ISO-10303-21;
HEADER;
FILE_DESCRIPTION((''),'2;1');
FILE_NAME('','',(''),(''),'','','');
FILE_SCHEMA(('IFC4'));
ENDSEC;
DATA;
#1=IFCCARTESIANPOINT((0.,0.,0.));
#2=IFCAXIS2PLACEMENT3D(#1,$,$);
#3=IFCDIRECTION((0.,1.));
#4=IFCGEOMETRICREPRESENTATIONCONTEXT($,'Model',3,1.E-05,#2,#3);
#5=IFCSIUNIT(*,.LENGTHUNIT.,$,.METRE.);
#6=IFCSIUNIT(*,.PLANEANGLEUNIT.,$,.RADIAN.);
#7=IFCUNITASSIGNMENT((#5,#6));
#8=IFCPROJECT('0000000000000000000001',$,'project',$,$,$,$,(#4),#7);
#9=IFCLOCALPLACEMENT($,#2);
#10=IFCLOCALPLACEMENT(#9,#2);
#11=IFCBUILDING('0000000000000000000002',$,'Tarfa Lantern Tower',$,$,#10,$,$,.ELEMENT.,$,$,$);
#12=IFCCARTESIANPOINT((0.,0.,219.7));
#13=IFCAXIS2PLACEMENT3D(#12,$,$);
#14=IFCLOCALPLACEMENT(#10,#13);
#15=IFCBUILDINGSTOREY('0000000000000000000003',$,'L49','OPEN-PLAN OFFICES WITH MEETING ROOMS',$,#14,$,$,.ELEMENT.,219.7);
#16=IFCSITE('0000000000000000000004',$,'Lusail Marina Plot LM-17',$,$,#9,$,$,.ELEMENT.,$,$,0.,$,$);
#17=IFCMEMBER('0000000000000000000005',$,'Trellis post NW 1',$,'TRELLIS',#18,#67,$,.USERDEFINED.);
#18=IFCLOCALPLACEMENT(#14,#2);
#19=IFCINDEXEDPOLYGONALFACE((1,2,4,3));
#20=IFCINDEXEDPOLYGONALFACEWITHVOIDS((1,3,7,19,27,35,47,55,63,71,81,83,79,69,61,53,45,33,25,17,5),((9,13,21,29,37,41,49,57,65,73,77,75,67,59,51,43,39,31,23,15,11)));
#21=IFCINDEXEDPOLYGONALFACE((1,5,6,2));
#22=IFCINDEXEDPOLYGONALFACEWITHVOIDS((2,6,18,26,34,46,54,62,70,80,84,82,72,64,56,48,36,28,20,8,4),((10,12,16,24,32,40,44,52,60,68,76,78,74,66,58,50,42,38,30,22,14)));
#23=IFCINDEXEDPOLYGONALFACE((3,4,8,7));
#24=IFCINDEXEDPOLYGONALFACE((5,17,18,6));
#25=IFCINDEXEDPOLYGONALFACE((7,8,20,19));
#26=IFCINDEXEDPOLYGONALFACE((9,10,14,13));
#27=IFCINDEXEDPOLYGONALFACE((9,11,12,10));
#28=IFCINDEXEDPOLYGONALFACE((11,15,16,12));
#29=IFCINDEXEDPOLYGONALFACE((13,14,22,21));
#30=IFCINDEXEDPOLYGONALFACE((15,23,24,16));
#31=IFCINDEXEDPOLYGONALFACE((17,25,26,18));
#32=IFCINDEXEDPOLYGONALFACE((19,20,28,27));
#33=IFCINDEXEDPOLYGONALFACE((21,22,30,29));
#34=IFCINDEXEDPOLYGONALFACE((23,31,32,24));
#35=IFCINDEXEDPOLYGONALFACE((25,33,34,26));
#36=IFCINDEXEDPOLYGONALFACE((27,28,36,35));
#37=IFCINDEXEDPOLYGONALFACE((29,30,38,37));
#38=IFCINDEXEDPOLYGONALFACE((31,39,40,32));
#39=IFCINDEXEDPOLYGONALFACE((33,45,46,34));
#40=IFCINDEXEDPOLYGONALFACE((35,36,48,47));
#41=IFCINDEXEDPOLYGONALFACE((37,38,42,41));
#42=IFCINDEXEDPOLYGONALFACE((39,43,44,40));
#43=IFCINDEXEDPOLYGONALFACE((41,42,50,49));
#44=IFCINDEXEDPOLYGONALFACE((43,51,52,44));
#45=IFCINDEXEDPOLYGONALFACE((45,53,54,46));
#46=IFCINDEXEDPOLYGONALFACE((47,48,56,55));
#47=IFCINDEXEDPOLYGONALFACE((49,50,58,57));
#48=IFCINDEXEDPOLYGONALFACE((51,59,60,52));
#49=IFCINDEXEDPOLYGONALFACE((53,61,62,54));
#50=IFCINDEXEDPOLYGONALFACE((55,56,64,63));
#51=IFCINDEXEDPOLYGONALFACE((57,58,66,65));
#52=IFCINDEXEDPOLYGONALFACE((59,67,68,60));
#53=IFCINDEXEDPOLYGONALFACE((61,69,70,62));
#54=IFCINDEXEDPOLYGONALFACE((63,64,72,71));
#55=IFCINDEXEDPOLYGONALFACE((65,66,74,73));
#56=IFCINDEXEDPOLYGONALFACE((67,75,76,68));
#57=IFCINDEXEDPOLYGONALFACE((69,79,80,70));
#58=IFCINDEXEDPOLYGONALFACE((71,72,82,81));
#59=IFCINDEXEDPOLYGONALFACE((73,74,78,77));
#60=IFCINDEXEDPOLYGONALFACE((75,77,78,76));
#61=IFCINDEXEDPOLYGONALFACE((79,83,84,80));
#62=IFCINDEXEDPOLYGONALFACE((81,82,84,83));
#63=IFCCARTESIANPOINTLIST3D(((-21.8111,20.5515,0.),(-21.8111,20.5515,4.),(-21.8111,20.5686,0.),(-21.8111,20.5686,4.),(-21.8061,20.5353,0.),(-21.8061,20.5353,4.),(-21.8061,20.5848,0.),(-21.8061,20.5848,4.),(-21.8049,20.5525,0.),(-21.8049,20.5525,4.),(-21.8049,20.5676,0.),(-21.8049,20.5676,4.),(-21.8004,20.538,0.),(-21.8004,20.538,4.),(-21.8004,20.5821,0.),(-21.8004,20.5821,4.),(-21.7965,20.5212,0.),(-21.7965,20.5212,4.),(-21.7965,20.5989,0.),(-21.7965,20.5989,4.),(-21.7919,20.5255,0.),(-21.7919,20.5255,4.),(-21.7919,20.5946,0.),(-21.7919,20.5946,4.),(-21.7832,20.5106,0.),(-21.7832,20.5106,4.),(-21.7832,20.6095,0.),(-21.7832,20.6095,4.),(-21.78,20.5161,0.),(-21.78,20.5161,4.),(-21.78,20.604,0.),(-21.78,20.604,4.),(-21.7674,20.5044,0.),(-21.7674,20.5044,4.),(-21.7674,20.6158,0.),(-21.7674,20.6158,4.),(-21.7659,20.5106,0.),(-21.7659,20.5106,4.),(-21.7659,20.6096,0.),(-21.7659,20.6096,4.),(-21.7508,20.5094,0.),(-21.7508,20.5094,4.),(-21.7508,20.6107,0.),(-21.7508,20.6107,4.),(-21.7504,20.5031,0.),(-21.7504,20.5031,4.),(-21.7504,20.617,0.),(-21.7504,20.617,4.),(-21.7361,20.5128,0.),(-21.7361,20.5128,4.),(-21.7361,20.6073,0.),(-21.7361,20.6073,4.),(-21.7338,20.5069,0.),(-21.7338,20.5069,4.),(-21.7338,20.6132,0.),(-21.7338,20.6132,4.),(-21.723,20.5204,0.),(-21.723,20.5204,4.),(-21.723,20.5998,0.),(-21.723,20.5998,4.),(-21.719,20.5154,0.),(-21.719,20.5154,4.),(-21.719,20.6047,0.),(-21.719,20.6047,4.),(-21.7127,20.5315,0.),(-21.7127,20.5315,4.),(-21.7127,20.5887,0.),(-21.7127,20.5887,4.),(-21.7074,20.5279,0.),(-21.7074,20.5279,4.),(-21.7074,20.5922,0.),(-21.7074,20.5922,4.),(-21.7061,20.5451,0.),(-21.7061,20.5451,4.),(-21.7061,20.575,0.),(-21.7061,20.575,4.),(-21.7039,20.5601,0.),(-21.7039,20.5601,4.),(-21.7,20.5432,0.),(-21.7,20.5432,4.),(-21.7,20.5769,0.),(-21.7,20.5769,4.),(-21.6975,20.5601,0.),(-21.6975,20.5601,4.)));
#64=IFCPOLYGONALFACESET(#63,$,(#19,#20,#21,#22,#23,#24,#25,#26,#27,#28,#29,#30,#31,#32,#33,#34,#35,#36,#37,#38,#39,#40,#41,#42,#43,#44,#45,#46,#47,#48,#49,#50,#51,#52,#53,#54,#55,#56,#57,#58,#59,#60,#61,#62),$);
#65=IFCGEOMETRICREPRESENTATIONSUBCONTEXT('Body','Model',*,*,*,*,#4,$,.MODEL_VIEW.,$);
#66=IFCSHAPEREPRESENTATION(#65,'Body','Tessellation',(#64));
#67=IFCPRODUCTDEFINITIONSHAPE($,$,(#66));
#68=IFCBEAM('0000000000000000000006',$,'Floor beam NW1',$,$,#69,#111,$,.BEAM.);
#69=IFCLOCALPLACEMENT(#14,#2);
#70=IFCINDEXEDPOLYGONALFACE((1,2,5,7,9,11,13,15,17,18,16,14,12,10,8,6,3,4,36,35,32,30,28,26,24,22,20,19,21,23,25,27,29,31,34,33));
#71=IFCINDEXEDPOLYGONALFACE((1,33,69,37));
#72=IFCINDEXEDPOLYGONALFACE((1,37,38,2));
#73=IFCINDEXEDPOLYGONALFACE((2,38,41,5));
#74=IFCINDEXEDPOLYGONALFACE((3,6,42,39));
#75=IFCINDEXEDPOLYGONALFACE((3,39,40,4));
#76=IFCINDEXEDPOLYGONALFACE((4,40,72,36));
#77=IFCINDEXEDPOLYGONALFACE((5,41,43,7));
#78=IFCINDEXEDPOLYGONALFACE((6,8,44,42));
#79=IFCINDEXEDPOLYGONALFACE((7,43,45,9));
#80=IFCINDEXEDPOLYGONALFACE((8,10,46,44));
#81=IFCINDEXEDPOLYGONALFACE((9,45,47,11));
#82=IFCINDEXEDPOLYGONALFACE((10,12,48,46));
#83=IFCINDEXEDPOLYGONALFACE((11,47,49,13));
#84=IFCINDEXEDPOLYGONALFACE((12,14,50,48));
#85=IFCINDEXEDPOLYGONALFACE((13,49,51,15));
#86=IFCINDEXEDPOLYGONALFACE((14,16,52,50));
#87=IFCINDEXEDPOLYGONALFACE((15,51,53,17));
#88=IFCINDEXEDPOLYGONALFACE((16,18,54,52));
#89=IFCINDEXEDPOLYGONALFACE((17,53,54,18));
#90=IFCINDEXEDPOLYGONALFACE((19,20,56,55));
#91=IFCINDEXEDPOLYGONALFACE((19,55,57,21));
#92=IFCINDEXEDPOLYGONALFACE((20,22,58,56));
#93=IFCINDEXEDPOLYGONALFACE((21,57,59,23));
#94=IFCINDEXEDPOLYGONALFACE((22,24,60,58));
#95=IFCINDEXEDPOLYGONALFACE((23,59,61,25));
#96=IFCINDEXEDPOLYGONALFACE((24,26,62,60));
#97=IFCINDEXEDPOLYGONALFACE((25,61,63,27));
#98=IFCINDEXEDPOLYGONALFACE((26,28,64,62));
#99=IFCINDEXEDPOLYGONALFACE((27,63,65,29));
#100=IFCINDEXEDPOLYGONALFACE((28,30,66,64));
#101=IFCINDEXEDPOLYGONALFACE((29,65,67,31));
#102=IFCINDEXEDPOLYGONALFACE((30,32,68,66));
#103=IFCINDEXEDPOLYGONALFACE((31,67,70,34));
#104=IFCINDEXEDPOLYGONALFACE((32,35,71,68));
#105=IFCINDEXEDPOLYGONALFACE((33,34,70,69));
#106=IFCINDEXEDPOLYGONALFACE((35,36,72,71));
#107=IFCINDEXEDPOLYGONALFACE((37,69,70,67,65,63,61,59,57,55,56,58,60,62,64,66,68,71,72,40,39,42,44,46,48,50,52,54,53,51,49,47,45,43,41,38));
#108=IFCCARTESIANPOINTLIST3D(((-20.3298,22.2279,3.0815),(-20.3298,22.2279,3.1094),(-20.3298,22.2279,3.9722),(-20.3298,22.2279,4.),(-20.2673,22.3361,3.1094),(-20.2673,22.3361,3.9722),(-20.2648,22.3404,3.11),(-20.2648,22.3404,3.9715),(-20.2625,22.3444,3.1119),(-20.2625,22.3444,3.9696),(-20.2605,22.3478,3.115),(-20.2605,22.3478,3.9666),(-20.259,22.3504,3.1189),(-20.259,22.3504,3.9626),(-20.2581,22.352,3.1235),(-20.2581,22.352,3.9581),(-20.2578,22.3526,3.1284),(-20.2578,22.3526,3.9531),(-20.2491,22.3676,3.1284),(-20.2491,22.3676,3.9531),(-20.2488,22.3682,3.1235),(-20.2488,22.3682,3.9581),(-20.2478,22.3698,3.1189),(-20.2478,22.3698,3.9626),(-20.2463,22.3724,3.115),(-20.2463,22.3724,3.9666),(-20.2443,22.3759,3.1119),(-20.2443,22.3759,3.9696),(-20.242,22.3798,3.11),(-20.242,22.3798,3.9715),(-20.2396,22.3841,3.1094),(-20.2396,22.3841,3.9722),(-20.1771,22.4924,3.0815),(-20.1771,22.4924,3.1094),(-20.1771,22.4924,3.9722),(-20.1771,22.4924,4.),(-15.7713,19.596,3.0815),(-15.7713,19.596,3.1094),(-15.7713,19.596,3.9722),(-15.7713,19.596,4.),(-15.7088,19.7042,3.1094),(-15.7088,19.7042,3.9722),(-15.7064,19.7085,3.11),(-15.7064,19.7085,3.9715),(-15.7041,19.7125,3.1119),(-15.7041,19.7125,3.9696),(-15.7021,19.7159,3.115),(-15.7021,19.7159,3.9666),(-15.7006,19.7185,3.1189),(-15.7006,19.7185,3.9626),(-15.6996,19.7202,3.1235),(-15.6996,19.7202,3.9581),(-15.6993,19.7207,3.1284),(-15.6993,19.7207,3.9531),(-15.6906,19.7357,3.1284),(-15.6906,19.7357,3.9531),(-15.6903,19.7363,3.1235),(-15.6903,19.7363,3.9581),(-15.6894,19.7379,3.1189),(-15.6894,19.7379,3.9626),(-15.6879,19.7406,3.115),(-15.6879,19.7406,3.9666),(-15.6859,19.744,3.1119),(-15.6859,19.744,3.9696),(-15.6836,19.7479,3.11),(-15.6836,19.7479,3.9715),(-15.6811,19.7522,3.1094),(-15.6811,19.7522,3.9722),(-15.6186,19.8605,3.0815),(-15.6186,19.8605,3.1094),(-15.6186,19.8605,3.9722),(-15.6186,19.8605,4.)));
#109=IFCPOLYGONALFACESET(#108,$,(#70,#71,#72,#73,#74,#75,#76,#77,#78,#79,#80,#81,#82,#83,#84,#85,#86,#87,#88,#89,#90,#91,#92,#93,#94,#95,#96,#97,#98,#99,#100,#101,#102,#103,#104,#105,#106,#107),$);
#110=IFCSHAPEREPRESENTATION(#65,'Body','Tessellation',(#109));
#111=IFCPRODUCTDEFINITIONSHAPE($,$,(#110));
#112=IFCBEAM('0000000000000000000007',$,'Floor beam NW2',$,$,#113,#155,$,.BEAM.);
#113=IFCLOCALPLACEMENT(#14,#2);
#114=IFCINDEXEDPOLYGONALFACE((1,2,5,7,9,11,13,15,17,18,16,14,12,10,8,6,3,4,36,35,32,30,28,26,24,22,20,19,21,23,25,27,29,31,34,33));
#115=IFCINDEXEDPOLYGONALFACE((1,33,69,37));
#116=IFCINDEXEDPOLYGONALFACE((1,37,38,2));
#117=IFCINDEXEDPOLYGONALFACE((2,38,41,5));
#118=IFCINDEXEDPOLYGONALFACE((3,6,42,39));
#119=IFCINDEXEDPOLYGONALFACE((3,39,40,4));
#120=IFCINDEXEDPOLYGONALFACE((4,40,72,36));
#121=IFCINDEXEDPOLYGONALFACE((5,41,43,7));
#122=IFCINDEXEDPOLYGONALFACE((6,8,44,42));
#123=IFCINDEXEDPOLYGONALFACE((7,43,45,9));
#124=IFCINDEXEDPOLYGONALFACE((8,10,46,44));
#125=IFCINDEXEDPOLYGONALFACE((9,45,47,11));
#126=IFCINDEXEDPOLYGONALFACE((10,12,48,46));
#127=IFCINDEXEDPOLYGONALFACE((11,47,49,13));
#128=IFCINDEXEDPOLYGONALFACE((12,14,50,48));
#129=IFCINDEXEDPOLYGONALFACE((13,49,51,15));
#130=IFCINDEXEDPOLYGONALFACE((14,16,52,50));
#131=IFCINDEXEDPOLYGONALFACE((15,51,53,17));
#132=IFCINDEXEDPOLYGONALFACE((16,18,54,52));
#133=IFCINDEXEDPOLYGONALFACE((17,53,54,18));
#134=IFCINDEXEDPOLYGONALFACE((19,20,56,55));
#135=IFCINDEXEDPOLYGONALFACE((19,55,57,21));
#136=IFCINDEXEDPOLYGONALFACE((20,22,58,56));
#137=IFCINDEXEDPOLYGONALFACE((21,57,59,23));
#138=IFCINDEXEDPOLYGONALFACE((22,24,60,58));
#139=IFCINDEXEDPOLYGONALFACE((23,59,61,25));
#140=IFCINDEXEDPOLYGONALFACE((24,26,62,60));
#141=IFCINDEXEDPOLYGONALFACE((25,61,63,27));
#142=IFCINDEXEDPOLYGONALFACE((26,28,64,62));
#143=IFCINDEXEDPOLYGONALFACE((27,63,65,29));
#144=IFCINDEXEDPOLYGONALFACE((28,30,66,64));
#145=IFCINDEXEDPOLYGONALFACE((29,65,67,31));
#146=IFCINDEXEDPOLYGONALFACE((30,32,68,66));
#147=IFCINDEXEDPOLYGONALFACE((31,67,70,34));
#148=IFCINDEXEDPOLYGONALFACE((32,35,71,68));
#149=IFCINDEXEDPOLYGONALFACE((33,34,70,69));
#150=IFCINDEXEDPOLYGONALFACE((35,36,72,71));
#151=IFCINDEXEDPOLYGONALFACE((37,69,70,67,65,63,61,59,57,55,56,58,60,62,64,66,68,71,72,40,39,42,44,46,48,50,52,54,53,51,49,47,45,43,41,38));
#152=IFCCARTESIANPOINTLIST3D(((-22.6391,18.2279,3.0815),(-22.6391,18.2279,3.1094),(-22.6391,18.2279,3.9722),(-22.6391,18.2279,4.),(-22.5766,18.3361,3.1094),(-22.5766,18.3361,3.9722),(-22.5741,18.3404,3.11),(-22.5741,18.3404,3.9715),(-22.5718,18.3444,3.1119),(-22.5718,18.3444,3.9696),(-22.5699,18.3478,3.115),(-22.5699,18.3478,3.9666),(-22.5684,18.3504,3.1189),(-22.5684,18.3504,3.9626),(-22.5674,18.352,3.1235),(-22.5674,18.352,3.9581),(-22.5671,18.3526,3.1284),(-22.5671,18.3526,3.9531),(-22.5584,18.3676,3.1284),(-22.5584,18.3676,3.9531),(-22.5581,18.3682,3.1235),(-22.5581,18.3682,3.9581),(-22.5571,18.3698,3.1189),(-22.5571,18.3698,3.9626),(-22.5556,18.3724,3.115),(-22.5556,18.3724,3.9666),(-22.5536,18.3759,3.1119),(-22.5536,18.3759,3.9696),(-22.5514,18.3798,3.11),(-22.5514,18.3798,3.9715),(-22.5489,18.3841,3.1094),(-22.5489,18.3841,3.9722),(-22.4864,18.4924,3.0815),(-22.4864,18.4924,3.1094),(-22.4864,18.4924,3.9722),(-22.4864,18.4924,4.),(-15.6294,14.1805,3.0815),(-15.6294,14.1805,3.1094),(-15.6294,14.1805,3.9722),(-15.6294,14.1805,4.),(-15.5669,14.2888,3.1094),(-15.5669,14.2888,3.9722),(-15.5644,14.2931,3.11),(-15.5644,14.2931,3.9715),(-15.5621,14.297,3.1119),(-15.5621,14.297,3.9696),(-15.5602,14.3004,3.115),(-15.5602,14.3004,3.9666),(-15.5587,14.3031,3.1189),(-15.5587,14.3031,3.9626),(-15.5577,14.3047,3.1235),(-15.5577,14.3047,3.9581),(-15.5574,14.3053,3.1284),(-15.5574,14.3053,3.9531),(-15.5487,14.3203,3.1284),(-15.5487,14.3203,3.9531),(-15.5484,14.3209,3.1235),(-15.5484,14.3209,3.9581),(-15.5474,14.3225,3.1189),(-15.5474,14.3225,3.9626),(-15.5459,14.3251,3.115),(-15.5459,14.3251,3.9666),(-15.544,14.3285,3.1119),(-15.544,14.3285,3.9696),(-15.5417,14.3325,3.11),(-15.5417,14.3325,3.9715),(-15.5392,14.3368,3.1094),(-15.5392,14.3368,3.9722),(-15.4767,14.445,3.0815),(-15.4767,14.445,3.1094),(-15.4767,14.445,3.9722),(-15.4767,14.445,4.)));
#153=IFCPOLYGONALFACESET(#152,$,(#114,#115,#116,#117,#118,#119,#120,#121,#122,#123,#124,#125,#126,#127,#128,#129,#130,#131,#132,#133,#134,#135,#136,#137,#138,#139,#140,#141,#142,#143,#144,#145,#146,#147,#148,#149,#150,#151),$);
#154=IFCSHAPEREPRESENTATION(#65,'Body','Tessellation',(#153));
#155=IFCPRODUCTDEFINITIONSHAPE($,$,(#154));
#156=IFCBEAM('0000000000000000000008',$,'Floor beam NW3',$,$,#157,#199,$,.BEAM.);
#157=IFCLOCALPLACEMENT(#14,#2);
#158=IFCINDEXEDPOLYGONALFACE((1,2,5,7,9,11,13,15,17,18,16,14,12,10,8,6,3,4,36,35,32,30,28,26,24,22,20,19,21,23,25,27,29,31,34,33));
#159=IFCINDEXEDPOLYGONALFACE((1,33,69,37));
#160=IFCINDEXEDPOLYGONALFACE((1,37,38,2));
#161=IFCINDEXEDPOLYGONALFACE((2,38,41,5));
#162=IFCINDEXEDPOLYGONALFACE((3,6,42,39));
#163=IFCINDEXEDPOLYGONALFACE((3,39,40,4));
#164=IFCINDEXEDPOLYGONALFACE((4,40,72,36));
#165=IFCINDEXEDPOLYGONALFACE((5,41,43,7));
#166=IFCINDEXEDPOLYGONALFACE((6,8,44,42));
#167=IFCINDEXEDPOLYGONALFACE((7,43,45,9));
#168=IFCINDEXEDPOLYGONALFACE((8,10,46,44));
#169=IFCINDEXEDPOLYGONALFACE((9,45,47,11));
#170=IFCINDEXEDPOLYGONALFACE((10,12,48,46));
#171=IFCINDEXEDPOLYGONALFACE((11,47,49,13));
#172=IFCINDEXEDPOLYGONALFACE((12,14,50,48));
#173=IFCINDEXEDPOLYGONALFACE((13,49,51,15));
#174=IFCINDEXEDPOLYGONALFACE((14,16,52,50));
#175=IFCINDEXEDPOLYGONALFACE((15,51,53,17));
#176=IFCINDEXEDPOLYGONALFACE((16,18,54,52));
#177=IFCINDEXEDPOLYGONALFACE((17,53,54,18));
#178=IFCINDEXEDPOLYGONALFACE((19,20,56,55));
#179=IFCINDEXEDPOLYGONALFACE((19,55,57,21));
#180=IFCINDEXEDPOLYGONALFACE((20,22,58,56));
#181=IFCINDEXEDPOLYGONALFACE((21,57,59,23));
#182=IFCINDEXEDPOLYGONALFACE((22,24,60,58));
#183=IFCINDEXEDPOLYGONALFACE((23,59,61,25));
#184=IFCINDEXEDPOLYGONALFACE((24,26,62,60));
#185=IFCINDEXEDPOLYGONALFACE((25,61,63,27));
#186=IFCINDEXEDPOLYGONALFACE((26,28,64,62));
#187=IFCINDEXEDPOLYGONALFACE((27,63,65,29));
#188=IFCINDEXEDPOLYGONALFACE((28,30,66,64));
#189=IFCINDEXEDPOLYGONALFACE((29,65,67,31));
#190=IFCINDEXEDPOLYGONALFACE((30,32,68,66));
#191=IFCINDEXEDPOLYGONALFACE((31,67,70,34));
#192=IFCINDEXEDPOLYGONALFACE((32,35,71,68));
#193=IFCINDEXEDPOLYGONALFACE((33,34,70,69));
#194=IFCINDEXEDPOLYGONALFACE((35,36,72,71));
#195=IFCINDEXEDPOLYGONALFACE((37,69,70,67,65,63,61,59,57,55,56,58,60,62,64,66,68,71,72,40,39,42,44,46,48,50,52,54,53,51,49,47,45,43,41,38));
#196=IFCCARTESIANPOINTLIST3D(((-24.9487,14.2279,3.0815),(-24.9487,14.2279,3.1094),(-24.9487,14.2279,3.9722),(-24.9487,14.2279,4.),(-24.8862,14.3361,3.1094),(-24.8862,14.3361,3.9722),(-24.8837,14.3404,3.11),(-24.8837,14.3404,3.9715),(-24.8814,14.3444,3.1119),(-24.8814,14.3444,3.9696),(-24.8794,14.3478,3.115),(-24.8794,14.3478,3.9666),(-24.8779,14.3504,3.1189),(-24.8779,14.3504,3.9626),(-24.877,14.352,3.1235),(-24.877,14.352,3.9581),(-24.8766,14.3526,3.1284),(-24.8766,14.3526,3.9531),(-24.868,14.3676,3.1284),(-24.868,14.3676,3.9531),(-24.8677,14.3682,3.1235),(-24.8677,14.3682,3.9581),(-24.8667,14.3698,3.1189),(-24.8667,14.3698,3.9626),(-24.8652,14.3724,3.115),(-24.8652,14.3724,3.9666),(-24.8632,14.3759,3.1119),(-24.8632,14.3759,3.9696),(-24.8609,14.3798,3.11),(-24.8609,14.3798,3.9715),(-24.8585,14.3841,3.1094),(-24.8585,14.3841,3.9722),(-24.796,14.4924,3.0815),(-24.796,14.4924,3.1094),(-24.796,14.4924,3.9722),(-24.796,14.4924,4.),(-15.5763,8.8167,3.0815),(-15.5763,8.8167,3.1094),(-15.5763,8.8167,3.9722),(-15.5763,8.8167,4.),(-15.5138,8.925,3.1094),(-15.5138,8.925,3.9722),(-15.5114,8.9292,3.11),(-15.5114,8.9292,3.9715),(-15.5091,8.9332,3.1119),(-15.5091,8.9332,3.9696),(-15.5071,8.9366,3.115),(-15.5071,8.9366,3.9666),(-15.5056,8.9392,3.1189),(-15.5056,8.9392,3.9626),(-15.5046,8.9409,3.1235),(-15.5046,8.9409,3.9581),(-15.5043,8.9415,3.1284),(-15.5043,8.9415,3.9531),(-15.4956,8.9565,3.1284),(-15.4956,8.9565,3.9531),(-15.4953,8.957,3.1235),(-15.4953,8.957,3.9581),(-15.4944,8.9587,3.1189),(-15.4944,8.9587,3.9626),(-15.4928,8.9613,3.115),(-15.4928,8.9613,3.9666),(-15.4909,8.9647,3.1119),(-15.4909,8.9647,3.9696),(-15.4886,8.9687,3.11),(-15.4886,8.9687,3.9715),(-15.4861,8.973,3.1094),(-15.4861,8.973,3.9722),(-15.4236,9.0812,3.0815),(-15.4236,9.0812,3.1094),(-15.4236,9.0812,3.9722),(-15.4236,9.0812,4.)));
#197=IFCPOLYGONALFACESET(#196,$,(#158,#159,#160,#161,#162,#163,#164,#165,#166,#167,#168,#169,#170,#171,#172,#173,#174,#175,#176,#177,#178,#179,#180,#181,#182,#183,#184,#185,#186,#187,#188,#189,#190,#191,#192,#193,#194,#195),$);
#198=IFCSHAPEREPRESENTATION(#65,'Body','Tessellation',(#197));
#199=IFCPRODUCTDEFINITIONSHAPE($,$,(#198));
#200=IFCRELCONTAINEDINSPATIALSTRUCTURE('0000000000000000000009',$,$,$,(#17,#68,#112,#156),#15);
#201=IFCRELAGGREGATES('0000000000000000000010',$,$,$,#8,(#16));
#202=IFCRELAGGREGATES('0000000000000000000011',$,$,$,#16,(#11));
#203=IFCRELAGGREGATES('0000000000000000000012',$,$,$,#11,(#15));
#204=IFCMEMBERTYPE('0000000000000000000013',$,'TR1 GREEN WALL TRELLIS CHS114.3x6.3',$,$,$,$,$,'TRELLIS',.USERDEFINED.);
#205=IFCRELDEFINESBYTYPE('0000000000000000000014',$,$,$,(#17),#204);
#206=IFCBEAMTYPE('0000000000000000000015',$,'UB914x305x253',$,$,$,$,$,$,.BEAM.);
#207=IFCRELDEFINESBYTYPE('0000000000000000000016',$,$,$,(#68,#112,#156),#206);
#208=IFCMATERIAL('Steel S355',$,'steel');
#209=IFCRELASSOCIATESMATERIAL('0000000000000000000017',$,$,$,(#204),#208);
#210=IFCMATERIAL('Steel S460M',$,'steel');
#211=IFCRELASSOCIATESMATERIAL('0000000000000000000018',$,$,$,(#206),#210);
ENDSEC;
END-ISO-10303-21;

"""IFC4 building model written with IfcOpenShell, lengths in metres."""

from ifc_helpers import new_model, si_unit, direction, frame, origin, origin_2d, place, context, subcontext, project, spatial, hollow_circle, i_section, extrude, material, material_profile, profile_set, type_object, element, save


model = new_model("IFC4")

# Units and contexts
model_context = context("Model", 3, precision=1e-05, world=origin(), true_north=direction((0.0, 1.0)))
body_context = subcontext(model_context, "Body", "Model", "MODEL_VIEW")
ifc_project = project(units=[si_unit("LENGTHUNIT", "METRE"), si_unit("PLANEANGLEUNIT", "RADIAN")], contexts=[model_context])

# Site, building, storey
site_placement = place(None, origin())
site = spatial("IfcSite", under=ifc_project, at=site_placement, Name="Lusail Marina Plot LM-17", CompositionType="ELEMENT", RefElevation=0.0)
building_placement = place(site_placement, origin())
building = spatial("IfcBuilding", under=site, at=building_placement, Name="Tarfa Lantern Tower", CompositionType="ELEMENT")
storey_placement = place(building_placement, frame((0.0, 0.0, 219.7)))
storey = spatial("IfcBuildingStorey", under=building, at=storey_placement, Name="L49", Description="OPEN-PLAN OFFICES WITH MEETING ROOMS", CompositionType="ELEMENT", Elevation=219.7)

# Member
ifc_material_1 = material(Name="Steel S355", Category="steel")
ifc_material_profile_1 = material_profile(ifc_material_1, hollow_circle(Radius=0.0571, WallThickness=0.0063, at=origin_2d()), Name="CHS114.3x6.3")
ifc_profile_set_1 = profile_set([ifc_material_profile_1], Name="Steel S355")
member_type_1 = type_object("IfcMemberType", Name="TR1 GREEN WALL TRELLIS CHS114.3x6.3", ElementType="TRELLIS", PredefinedType="USERDEFINED", material=ifc_profile_set_1)
member_1_placement = place(storey_placement, frame((-21.7546, 20.5601, 0.0), z_axis=(0.0, 0.0, 1.0), x_axis=(1.0, 0.0, 0.0)))
element("IfcMember", 1, at=member_1_placement, inside=storey, type_object=member_type_1, Name="Trellis post NW 1", ObjectType="TRELLIS", PredefinedType="USERDEFINED", context=body_context, shape_type="SweptSolid", body=[
    extrude(hollow_circle(Radius=0.0571, WallThickness=0.0063, at=origin_2d()), origin(), (0.0, 0.0, 1.0), 4.0),
])

# Beams
ifc_material_2 = material(Name="Steel S460M", Category="steel")
ifc_material_profile_2 = material_profile(ifc_material_2, i_section(OverallWidth=0.3054, OverallDepth=0.9185, WebThickness=0.0173, FlangeThickness=0.0278, FilletRadius=0.019, at=origin_2d()), Name="UB914x305x253")
ifc_profile_set_2 = profile_set([ifc_material_profile_2], Name="Steel S460M")
beam_type_1 = type_object("IfcBeamType", Name="UB914x305x253", PredefinedType="BEAM", material=ifc_profile_set_2)
beam_1_placement = place(storey_placement, frame((-20.2534, 22.3601, 3.5408), z_axis=(0.86602, -0.50001, 0.0), x_axis=(0.50001, 0.86602, 0.0)))
element("IfcBeam", 2, at=beam_1_placement, inside=storey, type_object=beam_type_1, Name="Floor beam NW1", PredefinedType="BEAM", context=body_context, shape_type="SweptSolid", body=[
    extrude(i_section(OverallWidth=0.3054, OverallDepth=0.9185, WebThickness=0.0173, FlangeThickness=0.0278, FilletRadius=0.019, at=origin_2d()), origin(), (0.0, 0.0, 1.0), 5.2637),
])
beam_2_placement = place(storey_placement, frame((-22.5627, 18.3601, 3.5408), z_axis=(0.866011, -0.500025, 0.0), x_axis=(0.500025, 0.866011, 0.0)))
element("IfcBeam", 3, at=beam_2_placement, inside=storey, type_object=beam_type_1, Name="Floor beam NW2", PredefinedType="BEAM", context=body_context, shape_type="SweptSolid", body=[
    extrude(i_section(OverallWidth=0.3054, OverallDepth=0.9185, WebThickness=0.0173, FlangeThickness=0.0278, FilletRadius=0.019, at=origin_2d()), origin(), (0.0, 0.0, 1.0), 8.0942),
])
beam_3_placement = place(storey_placement, frame((-24.8723, 14.3601, 3.5408), z_axis=(0.866024, -0.500002, 0.0), x_axis=(0.500002, 0.866024, 0.0)))
element("IfcBeam", 4, at=beam_3_placement, inside=storey, type_object=beam_type_1, Name="Floor beam NW3", PredefinedType="BEAM", context=body_context, shape_type="SweptSolid", body=[
    extrude(i_section(OverallWidth=0.3054, OverallDepth=0.9185, WebThickness=0.0173, FlangeThickness=0.0278, FilletRadius=0.019, at=origin_2d()), origin(), (0.0, 0.0, 1.0), 10.8223),
])

save(model, "model.ifc")
